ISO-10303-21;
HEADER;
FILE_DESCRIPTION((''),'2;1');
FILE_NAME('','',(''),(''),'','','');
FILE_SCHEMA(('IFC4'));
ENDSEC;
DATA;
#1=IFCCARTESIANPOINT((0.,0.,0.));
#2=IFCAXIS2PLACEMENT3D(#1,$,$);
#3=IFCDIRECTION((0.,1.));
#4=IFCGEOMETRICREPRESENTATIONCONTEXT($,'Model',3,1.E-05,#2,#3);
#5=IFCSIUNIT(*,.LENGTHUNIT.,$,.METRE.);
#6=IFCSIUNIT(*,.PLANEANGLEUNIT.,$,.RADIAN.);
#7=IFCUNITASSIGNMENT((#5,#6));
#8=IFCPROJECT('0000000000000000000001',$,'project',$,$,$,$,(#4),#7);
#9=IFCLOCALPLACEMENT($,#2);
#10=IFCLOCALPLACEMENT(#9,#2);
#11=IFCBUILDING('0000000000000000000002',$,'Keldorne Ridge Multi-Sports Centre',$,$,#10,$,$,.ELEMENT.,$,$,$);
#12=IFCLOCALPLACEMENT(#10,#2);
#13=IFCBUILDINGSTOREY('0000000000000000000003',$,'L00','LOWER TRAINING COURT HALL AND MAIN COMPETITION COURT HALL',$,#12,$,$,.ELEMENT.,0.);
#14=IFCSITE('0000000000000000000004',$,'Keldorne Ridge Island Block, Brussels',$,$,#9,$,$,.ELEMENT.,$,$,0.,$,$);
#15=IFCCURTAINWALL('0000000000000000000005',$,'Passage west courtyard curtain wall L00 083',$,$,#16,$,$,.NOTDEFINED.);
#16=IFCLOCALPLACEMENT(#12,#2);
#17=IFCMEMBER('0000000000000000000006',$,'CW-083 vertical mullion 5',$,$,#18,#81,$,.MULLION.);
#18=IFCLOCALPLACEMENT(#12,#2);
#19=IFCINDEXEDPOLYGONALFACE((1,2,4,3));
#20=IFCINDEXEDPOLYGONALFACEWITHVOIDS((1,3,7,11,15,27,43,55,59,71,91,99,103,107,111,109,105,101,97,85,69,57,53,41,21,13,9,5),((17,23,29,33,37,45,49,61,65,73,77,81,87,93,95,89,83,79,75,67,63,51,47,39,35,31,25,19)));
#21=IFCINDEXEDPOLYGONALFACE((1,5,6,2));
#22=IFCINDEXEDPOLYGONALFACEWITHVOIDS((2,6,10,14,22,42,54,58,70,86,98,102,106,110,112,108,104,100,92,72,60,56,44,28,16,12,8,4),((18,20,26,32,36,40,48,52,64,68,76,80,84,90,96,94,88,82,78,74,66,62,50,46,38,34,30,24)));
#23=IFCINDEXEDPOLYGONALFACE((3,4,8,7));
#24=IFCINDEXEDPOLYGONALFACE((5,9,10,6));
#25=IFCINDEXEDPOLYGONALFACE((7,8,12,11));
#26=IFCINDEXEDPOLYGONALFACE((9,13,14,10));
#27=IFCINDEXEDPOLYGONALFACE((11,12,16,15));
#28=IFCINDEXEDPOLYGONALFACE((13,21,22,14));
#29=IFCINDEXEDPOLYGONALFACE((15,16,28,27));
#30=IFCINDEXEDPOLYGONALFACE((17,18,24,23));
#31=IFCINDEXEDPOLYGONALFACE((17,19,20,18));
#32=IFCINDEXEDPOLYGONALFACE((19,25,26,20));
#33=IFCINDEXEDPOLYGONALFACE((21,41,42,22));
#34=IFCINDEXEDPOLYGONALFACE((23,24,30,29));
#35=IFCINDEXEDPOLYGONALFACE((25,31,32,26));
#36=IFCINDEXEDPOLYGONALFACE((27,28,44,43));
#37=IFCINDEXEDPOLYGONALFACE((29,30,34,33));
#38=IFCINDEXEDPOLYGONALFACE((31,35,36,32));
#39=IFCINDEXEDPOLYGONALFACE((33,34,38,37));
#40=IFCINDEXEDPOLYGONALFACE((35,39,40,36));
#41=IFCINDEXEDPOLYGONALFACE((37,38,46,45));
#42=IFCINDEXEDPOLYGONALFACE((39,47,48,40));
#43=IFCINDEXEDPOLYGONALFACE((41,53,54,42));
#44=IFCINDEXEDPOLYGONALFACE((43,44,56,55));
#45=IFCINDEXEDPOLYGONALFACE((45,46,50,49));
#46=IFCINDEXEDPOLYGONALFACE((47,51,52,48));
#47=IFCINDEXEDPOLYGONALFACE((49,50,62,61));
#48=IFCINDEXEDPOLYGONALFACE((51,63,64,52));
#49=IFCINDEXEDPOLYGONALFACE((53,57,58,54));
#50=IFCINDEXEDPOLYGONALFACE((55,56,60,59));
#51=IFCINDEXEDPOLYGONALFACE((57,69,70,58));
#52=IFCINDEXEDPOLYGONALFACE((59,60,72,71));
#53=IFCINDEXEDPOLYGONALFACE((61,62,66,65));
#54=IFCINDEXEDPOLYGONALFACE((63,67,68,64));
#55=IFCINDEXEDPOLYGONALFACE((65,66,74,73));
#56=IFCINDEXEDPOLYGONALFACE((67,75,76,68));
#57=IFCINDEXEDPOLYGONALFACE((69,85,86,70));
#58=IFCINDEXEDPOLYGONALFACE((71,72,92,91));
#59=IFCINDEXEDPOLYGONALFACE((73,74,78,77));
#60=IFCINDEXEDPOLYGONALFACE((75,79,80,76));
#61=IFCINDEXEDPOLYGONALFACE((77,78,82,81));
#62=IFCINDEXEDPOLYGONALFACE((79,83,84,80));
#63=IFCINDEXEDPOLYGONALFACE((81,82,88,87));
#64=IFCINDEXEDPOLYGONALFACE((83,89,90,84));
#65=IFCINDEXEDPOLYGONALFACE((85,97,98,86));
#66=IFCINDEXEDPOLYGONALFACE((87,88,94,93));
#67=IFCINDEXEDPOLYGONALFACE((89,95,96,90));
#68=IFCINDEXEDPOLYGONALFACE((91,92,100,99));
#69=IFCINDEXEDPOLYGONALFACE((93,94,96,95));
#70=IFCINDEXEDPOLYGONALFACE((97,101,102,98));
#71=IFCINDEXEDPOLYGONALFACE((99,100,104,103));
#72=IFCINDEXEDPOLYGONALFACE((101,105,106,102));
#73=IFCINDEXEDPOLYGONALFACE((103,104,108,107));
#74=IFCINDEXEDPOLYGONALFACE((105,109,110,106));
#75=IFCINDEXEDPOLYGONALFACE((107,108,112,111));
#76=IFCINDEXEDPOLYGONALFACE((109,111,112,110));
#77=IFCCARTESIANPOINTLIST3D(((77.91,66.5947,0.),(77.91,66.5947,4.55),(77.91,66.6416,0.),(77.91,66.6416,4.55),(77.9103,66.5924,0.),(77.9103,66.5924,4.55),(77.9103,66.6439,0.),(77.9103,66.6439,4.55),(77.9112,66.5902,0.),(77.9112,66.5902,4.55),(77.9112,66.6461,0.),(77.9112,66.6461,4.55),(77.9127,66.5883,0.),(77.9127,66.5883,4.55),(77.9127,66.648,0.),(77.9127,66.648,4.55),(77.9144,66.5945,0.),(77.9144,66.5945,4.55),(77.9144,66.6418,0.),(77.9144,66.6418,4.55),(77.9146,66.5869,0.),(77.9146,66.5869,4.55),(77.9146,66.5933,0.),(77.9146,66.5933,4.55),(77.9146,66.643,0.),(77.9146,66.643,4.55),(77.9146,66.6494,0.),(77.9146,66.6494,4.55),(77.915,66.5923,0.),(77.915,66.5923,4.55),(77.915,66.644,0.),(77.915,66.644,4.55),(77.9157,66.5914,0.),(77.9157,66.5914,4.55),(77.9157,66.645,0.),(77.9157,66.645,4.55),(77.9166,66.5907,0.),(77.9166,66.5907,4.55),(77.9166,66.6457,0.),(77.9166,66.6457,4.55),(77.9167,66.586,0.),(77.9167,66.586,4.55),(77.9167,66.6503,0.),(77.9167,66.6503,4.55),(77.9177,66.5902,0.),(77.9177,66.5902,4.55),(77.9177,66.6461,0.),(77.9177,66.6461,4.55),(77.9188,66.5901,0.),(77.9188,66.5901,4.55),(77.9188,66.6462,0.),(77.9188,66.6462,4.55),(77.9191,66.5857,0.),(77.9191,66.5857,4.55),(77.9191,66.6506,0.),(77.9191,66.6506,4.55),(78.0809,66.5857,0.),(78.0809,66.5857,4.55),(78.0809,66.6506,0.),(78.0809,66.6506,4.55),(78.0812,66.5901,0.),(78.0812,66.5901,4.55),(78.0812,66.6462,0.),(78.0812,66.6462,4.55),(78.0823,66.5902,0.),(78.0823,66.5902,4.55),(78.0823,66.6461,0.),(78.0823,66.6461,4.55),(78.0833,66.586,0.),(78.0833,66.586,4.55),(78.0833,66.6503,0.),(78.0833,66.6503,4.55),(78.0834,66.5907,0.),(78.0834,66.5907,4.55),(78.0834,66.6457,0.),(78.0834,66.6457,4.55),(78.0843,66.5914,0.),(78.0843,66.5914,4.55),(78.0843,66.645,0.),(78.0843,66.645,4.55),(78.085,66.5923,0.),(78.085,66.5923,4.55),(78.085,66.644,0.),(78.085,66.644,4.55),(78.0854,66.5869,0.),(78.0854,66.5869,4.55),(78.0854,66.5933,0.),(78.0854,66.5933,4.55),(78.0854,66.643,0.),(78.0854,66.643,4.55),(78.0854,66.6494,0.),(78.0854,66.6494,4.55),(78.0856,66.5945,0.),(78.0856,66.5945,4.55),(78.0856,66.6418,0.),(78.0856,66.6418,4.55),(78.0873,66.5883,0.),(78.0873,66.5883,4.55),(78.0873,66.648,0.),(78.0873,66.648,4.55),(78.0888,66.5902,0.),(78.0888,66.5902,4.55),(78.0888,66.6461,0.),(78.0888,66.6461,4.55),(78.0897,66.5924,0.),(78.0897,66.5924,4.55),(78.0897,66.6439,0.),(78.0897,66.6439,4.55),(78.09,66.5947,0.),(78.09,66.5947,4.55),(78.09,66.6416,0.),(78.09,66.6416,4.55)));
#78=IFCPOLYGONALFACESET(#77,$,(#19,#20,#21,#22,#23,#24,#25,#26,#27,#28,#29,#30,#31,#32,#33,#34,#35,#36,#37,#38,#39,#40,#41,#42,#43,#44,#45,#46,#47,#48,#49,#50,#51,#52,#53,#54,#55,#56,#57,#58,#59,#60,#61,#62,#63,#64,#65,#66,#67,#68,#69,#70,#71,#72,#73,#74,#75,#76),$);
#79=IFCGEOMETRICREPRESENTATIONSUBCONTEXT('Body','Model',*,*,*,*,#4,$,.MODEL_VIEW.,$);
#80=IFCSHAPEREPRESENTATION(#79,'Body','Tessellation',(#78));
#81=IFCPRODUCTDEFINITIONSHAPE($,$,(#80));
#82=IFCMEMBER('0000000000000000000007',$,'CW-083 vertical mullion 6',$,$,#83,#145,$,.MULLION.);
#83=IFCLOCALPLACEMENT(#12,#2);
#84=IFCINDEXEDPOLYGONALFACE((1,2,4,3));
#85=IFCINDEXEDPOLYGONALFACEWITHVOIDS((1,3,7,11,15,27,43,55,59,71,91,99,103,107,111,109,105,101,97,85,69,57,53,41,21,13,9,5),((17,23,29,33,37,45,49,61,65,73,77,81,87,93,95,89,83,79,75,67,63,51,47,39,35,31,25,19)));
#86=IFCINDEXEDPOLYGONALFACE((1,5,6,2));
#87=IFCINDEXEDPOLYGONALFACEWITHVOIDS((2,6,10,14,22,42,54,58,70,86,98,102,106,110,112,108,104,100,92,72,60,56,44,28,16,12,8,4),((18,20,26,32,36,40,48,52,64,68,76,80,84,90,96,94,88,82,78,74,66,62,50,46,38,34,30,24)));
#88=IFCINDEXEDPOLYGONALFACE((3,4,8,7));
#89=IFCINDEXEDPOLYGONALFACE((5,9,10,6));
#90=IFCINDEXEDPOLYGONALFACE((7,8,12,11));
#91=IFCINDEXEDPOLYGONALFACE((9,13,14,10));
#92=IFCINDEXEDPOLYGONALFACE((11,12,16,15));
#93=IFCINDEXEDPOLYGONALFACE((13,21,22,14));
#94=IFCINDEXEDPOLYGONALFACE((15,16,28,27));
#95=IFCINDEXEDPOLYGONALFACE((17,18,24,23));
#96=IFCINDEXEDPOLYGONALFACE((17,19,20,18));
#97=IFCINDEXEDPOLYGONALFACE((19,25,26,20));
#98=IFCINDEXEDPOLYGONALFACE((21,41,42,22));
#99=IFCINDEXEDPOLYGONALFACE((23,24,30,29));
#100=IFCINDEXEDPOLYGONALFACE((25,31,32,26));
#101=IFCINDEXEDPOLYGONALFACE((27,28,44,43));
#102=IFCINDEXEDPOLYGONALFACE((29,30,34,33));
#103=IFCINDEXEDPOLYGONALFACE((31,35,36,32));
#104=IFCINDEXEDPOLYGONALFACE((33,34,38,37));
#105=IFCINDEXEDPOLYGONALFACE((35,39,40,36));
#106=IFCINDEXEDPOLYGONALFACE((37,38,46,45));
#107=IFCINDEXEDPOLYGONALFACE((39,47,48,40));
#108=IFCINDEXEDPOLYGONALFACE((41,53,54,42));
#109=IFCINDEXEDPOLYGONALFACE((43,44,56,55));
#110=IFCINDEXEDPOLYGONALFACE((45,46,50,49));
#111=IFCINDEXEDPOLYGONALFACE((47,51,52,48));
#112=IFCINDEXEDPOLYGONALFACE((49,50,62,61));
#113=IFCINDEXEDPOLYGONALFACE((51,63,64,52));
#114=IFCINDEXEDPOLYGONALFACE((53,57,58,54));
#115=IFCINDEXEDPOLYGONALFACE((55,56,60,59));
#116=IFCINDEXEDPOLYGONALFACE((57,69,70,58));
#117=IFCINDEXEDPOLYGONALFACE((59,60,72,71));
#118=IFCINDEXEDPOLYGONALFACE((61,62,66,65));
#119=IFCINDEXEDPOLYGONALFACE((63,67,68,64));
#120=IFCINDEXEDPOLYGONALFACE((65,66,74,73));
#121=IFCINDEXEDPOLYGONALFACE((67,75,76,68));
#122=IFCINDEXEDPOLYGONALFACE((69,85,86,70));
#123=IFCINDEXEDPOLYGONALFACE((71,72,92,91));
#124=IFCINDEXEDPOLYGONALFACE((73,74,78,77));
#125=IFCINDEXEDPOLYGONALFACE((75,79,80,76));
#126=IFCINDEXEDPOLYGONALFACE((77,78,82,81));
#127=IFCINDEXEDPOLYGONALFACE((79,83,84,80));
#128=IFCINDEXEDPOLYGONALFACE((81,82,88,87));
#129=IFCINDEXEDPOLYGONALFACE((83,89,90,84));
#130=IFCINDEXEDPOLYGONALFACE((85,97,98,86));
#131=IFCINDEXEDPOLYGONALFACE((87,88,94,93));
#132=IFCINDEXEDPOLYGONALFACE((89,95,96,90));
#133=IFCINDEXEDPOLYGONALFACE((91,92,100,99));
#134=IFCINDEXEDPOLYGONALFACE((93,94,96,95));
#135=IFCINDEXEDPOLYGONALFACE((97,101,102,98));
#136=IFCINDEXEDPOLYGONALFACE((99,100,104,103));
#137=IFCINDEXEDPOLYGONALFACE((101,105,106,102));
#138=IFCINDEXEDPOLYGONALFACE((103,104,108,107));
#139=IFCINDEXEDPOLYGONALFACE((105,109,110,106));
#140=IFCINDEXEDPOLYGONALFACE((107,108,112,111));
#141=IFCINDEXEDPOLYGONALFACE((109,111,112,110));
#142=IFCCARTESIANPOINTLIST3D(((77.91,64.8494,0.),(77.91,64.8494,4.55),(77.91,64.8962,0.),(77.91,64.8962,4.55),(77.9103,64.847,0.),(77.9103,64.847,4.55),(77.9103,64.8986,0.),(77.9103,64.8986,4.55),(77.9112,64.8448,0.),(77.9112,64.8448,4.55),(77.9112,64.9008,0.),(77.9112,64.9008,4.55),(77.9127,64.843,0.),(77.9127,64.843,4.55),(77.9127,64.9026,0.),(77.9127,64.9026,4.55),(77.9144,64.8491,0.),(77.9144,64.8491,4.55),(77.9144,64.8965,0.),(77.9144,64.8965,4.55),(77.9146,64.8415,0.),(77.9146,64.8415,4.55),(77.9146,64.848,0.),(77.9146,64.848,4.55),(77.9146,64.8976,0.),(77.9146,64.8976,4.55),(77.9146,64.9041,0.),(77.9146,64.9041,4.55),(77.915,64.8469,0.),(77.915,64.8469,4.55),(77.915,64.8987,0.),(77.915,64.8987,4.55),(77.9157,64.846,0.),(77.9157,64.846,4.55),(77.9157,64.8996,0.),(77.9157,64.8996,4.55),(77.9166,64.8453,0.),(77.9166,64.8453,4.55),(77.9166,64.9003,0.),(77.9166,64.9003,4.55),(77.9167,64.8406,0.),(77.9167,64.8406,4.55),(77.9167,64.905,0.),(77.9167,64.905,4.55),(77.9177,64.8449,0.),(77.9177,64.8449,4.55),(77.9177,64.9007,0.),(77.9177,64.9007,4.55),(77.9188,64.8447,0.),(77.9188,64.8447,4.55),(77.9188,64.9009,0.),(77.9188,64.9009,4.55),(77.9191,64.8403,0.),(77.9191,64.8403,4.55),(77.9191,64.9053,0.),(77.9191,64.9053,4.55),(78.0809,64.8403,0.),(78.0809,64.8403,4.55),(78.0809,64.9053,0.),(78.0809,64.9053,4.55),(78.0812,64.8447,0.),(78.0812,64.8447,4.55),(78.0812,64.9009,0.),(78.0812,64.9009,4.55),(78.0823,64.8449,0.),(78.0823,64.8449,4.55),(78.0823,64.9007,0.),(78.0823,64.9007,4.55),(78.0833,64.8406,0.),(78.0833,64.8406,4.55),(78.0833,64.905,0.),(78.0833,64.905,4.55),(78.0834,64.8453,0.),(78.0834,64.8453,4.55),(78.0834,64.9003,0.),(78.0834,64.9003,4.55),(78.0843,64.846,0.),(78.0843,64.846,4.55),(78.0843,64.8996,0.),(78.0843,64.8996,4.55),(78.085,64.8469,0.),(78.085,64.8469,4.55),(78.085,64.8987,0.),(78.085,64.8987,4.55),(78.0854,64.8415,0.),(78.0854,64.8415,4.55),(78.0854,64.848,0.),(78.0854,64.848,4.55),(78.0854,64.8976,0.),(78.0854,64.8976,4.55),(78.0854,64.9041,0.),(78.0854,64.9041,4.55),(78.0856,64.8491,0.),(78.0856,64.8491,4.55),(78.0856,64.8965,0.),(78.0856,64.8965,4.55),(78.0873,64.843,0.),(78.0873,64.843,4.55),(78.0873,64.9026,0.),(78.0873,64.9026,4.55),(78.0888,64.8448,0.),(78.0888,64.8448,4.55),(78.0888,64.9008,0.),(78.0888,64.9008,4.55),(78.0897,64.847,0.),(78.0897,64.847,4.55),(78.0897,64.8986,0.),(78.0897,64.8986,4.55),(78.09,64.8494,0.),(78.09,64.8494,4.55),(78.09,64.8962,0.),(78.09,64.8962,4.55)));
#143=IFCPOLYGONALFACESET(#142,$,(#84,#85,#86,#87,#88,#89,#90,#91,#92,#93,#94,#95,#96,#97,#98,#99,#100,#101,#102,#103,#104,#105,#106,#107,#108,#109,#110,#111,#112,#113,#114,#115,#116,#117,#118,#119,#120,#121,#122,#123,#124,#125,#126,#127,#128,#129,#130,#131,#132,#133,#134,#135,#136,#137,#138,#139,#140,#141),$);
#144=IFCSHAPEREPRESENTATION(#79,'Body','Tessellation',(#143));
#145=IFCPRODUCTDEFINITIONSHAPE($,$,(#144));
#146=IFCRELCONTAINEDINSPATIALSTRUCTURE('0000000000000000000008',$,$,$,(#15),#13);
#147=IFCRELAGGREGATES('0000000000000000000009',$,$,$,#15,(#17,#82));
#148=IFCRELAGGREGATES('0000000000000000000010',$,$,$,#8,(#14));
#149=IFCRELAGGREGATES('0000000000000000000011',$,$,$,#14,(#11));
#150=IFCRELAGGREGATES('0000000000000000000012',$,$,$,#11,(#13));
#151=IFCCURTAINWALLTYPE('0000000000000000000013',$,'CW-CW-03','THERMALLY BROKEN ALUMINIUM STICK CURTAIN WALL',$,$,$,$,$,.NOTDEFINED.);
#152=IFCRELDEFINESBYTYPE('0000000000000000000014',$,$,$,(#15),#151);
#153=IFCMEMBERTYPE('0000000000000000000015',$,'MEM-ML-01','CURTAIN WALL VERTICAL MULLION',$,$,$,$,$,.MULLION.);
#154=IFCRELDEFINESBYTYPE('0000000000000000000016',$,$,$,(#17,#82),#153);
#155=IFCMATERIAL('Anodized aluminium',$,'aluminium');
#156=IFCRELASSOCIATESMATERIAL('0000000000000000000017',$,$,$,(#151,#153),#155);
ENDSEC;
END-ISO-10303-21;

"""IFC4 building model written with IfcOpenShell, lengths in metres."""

from ifc_helpers import new_model, si_unit, direction, frame, origin, origin_2d, place, context, subcontext, project, spatial, hollow_rectangle, extrude, material, material_profile, profile_set, type_object, element, aggregate, save


model = new_model("IFC4")

# Units and contexts
model_context = context("Model", 3, precision=1e-05, world=origin(), true_north=direction((0.0, 1.0)))
body_context = subcontext(model_context, "Body", "Model", "MODEL_VIEW")
ifc_project = project(units=[si_unit("LENGTHUNIT", "METRE"), si_unit("PLANEANGLEUNIT", "RADIAN")], contexts=[model_context])

# Site, building, storey
site_placement = place(None, origin())
site = spatial("IfcSite", under=ifc_project, at=site_placement, Name="Keldorne Ridge Island Block, Brussels", CompositionType="ELEMENT", RefElevation=0.0)
building_placement = place(site_placement, origin())
building = spatial("IfcBuilding", under=site, at=building_placement, Name="Keldorne Ridge Multi-Sports Centre", CompositionType="ELEMENT")
storey_placement = place(building_placement, origin())
storey = spatial("IfcBuildingStorey", under=building, at=storey_placement, Name="L00", Description="LOWER TRAINING COURT HALL AND MAIN COMPETITION COURT HALL", CompositionType="ELEMENT", Elevation=0.0)

# Curtain wall, members
ifc_material_1 = material(Name="Anodized aluminium", Category="aluminium")
curtain_wall_type = type_object("IfcCurtainWallType", Name="CW-CW-03", Description="THERMALLY BROKEN ALUMINIUM STICK CURTAIN WALL", PredefinedType="NOTDEFINED", material=ifc_material_1)
curtain_wall_placement = place(storey_placement, origin())
curtain_wall = element("IfcCurtainWall", 1, at=curtain_wall_placement, inside=storey, type_object=curtain_wall_type, Name="Passage west courtyard curtain wall L00 083", PredefinedType="NOTDEFINED")
ifc_material_profile_1 = material_profile(ifc_material_1, hollow_rectangle(XDim=0.0649, YDim=0.1799, WallThickness=0.0044, InnerFilletRadius=0.0044, OuterFilletRadius=0.009, at=origin_2d()), Name="ALU MULLION 180x65x4.5")
ifc_profile_set_1 = profile_set([ifc_material_profile_1], Name="Anodized aluminium")
member_type_1 = type_object("IfcMemberType", Name="MEM-ML-01", Description="CURTAIN WALL VERTICAL MULLION", PredefinedType="MULLION", material=ifc_profile_set_1)
member_1_placement = place(storey_placement, frame((78.0, 66.6182, 0.0), z_axis=(0.0, 0.0, 1.0), x_axis=(0.0, 1.0, 0.0)))
member_1 = element("IfcMember", 2, at=member_1_placement, type_object=member_type_1, Name="CW-083 vertical mullion 5", PredefinedType="MULLION", context=body_context, shape_type="SweptSolid", body=[
    extrude(hollow_rectangle(XDim=0.0649, YDim=0.1799, WallThickness=0.0044, InnerFilletRadius=0.0044, OuterFilletRadius=0.009, at=origin_2d()), origin(), (0.0, 0.0, 1.0), 4.55),
])
member_2_placement = place(storey_placement, frame((78.0, 64.8728, 0.0), z_axis=(0.0, 0.0, 1.0), x_axis=(0.0, 1.0, 0.0)))
member_2 = element("IfcMember", 3, at=member_2_placement, type_object=member_type_1, Name="CW-083 vertical mullion 6", PredefinedType="MULLION", context=body_context, shape_type="SweptSolid", body=[
    extrude(hollow_rectangle(XDim=0.0649, YDim=0.1799, WallThickness=0.0044, InnerFilletRadius=0.0044, OuterFilletRadius=0.009, at=origin_2d()), origin(), (0.0, 0.0, 1.0), 4.55),
])
aggregate(curtain_wall, [member_1, member_2])

save(model, "model.ifc")
